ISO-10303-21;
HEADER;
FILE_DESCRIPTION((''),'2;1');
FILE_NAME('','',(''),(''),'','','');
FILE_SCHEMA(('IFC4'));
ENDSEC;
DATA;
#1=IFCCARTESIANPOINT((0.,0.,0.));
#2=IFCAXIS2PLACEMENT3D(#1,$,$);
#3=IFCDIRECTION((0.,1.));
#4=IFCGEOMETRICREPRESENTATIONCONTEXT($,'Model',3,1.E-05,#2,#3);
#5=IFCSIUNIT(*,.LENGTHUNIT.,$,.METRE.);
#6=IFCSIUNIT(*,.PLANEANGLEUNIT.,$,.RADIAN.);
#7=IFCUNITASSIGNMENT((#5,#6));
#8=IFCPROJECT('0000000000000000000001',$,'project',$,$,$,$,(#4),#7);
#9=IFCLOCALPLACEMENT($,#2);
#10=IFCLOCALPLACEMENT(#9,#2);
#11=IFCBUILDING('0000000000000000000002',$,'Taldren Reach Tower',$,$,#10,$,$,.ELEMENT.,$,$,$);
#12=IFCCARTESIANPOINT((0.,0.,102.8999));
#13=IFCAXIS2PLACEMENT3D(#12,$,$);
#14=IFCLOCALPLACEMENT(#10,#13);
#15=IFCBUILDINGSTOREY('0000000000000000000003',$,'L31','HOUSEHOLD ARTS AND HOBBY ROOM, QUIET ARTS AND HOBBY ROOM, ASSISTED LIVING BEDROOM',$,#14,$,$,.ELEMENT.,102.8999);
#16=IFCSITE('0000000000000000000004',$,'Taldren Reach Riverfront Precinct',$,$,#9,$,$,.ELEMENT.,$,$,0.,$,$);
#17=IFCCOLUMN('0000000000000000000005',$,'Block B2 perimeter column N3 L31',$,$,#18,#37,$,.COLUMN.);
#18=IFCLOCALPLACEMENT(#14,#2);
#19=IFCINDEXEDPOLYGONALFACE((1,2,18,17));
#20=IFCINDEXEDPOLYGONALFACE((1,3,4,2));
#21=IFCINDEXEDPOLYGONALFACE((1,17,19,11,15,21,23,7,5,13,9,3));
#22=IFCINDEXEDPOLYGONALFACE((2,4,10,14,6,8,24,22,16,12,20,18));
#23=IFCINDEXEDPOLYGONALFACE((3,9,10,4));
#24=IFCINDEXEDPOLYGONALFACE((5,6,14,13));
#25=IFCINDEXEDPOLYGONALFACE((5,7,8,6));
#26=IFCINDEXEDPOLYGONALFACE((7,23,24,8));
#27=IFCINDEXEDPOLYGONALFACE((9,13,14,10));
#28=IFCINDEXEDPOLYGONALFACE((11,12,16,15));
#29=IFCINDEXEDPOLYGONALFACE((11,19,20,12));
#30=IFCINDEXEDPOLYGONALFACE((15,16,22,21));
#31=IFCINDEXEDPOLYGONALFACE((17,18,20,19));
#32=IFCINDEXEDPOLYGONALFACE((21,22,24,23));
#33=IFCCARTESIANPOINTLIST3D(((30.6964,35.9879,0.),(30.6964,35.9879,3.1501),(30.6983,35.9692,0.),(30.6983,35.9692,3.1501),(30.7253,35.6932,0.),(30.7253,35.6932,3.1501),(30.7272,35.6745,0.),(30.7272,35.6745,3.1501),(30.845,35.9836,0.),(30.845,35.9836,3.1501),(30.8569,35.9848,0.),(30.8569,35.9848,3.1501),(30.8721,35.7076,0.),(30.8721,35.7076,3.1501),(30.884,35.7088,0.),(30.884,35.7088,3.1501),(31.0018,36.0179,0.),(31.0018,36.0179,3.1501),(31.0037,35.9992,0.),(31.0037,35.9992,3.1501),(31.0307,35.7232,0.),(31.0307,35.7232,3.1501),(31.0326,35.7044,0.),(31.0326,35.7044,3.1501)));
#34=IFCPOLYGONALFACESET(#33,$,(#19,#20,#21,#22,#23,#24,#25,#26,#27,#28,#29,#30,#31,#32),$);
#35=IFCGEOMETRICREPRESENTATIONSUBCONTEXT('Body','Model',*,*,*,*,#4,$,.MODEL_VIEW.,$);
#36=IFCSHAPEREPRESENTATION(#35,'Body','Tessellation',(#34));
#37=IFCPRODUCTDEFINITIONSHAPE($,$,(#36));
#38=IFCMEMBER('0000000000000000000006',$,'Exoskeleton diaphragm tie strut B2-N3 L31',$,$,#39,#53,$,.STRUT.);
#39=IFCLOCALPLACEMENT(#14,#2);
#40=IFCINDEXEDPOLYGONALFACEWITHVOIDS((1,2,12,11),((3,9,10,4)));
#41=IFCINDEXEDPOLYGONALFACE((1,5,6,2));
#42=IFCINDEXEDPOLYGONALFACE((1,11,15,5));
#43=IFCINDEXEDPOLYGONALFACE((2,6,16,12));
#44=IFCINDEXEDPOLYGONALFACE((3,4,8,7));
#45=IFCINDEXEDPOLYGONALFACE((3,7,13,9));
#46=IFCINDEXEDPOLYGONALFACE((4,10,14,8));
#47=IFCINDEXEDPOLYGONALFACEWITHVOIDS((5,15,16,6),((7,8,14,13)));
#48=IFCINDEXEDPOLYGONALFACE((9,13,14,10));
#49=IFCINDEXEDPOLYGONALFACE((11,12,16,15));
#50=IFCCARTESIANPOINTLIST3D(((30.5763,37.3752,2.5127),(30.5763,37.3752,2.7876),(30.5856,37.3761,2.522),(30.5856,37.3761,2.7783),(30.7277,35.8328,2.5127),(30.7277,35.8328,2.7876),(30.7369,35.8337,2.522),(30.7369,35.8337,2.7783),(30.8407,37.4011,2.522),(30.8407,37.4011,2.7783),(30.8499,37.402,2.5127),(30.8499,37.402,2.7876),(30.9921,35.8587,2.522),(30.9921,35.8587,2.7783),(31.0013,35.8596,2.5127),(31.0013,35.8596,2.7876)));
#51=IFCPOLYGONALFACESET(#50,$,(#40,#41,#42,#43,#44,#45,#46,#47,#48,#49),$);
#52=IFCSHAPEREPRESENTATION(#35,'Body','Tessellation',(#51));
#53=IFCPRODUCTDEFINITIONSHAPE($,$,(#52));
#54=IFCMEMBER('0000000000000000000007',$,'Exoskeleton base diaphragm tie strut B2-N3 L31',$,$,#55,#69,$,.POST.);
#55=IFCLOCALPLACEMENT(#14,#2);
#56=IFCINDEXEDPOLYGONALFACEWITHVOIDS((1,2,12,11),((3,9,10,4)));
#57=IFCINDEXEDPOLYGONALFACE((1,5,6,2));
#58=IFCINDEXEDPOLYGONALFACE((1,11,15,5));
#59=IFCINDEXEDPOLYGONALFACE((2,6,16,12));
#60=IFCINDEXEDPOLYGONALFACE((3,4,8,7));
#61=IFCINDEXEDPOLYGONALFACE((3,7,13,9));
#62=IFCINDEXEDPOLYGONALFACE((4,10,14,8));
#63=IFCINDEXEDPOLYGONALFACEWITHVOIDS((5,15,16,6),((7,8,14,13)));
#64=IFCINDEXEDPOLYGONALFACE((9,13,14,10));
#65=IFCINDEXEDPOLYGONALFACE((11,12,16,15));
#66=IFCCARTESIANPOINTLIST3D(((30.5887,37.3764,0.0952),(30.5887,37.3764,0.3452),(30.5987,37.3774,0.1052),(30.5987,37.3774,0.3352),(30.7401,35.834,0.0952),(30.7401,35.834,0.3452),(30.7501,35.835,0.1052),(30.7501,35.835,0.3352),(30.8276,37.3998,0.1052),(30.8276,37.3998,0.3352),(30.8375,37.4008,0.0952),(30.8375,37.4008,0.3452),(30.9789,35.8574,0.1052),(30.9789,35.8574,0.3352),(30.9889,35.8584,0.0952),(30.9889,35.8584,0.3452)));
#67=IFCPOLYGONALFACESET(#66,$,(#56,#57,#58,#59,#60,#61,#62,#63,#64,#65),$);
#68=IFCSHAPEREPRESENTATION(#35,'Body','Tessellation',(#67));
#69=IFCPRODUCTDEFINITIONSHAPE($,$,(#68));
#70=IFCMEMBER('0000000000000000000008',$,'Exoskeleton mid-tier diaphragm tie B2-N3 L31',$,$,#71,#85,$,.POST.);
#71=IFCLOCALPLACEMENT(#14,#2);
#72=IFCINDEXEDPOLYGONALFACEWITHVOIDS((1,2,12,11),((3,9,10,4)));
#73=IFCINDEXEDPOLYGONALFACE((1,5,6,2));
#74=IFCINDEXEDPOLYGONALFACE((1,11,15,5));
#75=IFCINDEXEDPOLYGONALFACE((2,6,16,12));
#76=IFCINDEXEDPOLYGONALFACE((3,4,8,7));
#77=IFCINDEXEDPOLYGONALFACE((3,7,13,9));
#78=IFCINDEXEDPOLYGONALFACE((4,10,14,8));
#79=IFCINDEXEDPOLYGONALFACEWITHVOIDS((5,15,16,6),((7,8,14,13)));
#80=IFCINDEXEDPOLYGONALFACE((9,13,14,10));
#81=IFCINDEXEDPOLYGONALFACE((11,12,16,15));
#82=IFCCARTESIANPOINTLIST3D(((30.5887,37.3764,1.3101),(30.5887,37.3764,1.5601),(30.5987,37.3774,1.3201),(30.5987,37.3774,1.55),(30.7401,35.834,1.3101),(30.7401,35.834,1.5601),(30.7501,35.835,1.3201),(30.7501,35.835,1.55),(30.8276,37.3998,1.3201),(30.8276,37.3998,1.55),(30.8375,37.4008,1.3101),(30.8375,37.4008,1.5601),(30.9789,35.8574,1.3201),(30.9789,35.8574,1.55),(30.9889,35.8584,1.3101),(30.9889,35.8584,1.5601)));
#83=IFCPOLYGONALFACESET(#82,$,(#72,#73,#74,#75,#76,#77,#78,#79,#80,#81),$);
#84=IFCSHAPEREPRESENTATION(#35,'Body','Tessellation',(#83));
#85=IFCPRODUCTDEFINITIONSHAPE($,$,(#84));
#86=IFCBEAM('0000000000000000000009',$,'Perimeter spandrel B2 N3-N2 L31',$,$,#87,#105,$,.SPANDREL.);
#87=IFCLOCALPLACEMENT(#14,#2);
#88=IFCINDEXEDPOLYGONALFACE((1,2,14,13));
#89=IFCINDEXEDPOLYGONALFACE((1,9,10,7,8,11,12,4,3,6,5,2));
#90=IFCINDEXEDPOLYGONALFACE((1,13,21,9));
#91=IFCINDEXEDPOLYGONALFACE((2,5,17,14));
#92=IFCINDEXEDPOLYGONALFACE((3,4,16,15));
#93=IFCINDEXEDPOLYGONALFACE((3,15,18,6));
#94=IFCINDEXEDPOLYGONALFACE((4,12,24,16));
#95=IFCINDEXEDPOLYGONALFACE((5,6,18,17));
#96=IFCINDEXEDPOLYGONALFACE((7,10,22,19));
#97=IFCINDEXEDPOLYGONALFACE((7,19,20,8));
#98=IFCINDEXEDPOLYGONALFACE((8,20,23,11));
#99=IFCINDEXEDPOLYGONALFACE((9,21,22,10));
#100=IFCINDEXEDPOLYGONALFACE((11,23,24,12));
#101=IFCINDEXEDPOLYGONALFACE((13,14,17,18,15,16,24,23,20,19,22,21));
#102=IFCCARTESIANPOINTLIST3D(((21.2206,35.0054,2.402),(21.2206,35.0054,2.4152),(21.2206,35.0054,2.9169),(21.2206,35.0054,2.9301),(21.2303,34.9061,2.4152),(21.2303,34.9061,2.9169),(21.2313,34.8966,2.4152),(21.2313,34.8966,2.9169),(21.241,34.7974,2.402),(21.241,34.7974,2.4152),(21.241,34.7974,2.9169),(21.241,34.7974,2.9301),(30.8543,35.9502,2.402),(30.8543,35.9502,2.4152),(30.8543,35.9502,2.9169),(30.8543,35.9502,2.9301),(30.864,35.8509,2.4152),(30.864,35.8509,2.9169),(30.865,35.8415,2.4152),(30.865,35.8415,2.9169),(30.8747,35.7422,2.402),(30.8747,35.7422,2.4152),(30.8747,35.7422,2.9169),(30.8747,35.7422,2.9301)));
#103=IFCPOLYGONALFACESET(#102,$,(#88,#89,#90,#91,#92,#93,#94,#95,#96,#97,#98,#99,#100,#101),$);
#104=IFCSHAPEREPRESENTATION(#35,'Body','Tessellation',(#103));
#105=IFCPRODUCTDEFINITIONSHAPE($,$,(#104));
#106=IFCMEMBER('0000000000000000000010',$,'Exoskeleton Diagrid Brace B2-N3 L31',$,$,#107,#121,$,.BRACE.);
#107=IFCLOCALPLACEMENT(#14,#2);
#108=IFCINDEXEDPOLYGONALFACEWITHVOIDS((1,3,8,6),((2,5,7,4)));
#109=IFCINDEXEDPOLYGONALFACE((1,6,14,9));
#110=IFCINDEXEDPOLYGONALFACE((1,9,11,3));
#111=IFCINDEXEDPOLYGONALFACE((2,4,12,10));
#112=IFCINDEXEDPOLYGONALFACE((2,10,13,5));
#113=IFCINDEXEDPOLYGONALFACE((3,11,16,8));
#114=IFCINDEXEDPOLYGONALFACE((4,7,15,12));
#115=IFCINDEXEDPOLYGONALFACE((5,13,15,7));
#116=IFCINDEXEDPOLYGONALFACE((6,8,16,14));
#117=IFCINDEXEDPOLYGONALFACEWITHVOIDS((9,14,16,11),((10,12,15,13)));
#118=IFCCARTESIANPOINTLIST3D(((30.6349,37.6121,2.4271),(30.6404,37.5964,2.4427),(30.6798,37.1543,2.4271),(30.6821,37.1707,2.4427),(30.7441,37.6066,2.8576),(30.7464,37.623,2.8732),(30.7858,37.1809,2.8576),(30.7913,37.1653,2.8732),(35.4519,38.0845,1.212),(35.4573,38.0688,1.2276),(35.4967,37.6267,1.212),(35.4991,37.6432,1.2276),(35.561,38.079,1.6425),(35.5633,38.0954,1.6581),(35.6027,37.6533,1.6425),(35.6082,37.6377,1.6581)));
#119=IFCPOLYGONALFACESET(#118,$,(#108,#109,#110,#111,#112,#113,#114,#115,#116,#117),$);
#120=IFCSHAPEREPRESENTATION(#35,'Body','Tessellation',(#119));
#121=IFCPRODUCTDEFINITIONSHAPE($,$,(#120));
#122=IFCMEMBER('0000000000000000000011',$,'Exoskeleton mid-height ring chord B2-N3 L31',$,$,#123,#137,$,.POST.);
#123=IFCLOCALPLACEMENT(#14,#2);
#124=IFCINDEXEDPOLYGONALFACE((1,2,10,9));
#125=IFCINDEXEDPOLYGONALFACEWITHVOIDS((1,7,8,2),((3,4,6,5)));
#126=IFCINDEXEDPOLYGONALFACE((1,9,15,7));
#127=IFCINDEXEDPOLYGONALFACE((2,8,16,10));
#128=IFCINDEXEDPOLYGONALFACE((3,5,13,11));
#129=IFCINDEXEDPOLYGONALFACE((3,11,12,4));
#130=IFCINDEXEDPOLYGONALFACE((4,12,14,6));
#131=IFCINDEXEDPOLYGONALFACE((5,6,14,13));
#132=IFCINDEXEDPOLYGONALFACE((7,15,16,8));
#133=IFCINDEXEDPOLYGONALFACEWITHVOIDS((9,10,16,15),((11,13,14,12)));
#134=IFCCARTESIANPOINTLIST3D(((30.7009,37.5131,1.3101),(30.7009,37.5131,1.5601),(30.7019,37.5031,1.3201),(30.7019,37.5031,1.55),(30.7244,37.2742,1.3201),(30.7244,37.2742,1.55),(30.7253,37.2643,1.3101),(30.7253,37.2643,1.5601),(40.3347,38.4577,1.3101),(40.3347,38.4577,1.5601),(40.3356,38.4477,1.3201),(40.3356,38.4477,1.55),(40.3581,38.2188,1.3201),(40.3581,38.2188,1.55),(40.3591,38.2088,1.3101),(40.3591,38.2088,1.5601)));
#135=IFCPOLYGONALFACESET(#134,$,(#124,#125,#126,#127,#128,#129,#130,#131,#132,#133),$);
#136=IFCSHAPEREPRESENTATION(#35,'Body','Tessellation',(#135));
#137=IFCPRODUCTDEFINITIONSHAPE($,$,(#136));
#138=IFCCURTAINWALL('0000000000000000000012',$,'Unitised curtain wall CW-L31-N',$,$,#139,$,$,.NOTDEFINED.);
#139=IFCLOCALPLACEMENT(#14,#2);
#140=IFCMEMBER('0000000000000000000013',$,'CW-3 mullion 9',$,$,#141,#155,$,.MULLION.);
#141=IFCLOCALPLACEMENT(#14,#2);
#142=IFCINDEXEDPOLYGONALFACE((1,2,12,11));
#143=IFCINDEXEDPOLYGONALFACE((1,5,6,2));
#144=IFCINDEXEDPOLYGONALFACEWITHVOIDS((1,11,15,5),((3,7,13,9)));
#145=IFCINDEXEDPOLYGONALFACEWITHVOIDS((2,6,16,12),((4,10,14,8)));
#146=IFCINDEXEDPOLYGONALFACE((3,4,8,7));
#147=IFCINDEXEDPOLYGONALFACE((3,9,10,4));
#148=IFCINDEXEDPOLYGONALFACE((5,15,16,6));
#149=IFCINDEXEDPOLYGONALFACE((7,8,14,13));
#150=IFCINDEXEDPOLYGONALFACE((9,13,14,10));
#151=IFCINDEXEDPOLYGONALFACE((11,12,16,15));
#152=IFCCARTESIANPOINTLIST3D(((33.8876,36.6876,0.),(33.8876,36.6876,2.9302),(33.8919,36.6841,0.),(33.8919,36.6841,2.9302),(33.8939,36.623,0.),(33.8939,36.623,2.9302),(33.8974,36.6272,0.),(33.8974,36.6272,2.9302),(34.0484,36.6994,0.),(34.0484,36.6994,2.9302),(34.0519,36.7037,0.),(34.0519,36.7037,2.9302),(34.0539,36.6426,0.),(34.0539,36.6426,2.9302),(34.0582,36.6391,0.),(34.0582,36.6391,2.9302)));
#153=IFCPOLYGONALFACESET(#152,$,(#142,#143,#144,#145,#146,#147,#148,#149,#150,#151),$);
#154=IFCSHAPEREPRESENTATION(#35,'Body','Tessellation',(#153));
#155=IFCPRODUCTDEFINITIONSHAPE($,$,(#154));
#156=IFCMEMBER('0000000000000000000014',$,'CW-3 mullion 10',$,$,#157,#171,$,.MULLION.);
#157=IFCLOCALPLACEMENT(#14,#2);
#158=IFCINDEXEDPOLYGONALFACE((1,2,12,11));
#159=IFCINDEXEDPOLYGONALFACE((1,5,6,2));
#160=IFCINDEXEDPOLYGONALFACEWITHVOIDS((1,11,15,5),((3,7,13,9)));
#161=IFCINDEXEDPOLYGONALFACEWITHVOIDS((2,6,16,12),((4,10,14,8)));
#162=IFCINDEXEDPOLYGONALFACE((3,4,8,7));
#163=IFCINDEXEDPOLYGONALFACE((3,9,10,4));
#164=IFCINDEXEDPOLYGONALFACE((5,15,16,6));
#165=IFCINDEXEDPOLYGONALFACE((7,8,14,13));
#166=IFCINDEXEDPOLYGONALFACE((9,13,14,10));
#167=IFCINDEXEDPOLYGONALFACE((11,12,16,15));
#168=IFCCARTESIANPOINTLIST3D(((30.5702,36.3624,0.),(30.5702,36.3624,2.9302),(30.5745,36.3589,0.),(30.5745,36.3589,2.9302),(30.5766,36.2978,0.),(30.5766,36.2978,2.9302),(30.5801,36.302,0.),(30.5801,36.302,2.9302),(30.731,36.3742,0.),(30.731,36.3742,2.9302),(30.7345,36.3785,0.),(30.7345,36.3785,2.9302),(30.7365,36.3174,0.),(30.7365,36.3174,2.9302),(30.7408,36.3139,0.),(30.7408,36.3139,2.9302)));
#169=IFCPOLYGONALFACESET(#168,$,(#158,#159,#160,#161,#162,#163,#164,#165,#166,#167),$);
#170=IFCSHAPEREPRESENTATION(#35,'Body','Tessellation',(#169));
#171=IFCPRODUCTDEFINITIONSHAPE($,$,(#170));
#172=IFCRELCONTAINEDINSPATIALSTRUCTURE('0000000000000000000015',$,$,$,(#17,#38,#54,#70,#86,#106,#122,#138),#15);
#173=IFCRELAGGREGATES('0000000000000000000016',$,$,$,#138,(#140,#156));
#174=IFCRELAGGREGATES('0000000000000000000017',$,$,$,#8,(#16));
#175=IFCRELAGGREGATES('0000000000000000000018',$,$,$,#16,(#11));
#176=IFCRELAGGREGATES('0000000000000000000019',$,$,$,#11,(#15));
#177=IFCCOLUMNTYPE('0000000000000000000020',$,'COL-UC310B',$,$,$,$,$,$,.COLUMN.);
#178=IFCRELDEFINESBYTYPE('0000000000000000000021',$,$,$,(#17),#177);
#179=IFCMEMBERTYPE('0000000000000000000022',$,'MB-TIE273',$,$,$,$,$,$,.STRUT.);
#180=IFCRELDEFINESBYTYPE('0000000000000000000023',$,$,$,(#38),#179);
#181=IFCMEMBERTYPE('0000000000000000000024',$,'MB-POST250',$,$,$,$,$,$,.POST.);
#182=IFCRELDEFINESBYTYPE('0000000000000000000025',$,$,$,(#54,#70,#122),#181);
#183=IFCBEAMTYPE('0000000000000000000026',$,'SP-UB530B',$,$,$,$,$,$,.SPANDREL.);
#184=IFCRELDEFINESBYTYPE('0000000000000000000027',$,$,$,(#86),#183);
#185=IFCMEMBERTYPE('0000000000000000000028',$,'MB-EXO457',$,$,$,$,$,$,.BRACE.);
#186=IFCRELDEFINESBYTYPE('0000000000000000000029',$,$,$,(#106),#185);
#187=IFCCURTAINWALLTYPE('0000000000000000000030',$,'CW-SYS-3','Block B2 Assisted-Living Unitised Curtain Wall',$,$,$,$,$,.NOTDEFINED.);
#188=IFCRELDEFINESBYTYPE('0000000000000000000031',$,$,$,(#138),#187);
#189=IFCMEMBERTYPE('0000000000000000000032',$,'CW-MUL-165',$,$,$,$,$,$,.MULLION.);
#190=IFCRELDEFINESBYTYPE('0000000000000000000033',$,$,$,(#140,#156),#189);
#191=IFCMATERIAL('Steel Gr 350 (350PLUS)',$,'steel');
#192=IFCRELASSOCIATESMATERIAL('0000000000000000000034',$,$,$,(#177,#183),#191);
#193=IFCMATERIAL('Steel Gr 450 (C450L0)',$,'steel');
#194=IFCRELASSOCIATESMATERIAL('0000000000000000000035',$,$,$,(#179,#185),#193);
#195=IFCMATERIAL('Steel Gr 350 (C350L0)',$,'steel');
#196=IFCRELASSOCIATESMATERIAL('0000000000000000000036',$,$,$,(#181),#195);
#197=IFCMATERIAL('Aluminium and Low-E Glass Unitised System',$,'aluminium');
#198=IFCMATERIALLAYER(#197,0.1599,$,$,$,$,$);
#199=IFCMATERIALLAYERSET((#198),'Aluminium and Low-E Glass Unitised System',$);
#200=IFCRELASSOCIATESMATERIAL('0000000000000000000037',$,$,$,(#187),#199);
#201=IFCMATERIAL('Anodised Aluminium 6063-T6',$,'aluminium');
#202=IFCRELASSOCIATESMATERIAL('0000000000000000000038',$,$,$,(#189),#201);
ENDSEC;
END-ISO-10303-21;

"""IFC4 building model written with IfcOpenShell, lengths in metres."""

from ifc_helpers import new_model, si_unit, direction, frame, origin, origin_2d, place, context, subcontext, project, spatial, hollow_rectangle, i_section, extrude, source, transform, mapped, material, layer, layer_set, material_profile, profile_set, type_object, element, aggregate, save


model = new_model("IFC4")

# Units and contexts
model_context = context("Model", 3, precision=1e-05, world=origin(), true_north=direction((0.0, 1.0)))
body_context = subcontext(model_context, "Body", "Model", "MODEL_VIEW")
ifc_project = project(units=[si_unit("LENGTHUNIT", "METRE"), si_unit("PLANEANGLEUNIT", "RADIAN")], contexts=[model_context])

# Site, building, storey
site_placement = place(None, origin())
site = spatial("IfcSite", under=ifc_project, at=site_placement, Name="Taldren Reach Riverfront Precinct", CompositionType="ELEMENT", RefElevation=0.0)
building_placement = place(site_placement, origin())
building = spatial("IfcBuilding", under=site, at=building_placement, Name="Taldren Reach Tower", CompositionType="ELEMENT")
storey_placement = place(building_placement, frame((0.0, 0.0, 102.8999)))
storey = spatial("IfcBuildingStorey", under=building, at=storey_placement, Name="L31", Description="HOUSEHOLD ARTS AND HOBBY ROOM, QUIET ARTS AND HOBBY ROOM, ASSISTED LIVING BEDROOM", CompositionType="ELEMENT", Elevation=102.8999)

# Column
ifc_material_1 = material(Name="Steel Gr 350 (350PLUS)", Category="steel")
ifc_material_profile_1 = material_profile(ifc_material_1, i_section(OverallWidth=0.3069, OverallDepth=0.3149, WebThickness=0.012, FlangeThickness=0.0188, at=origin_2d()), Name="310UC118")
ifc_profile_set_1 = profile_set([ifc_material_profile_1], Name="Steel Gr 350 (350PLUS)")
column_type = type_object("IfcColumnType", Name="COL-UC310B", PredefinedType="COLUMN", material=ifc_profile_set_1)
shared_shape_1 = source(origin(), body_context, "Body", "SweptSolid", [
    extrude(i_section(OverallWidth=0.3069, OverallDepth=0.3149, WebThickness=0.012, FlangeThickness=0.0188, at=origin_2d()), origin(), (0.0, 0.0, 1.0), 3.1501),
])
column_placement = place(storey_placement, frame((30.8645, 35.8462, 0.0), z_axis=(0.0, 0.0, 1.0), x_axis=(0.995227, 0.097583, 0.0)))
element("IfcColumn", 1, at=column_placement, inside=storey, type_object=column_type, Name="Block B2 perimeter column N3 L31", PredefinedType="COLUMN", context=body_context, shape_type="MappedRepresentation", body=[
    mapped(shared_shape_1, transform((0.0, 0.0, 0.0), scale=1.0)),
])

# Members
ifc_material_2 = material(Name="Steel Gr 450 (C450L0)", Category="steel")
ifc_material_profile_2 = material_profile(ifc_material_2, hollow_rectangle(XDim=0.2749, YDim=0.2749, WallThickness=0.0093, at=origin_2d()), Name="275x275x9.3SHS")
ifc_profile_set_2 = profile_set([ifc_material_profile_2], Name="Steel Gr 450 (C450L0)")
member_type_1 = type_object("IfcMemberType", Name="MB-TIE273", PredefinedType="STRUT", material=ifc_profile_set_2)
shared_shape_2 = source(origin(), body_context, "Body", "SweptSolid", [
    extrude(hollow_rectangle(XDim=0.2749, YDim=0.2749, WallThickness=0.0093, at=origin_2d()), origin(), (0.0, 0.0, 1.0), 1.5498),
])
member_1_placement = place(storey_placement, frame((30.8645, 35.8462, 2.6501), z_axis=(-0.097663, 0.99522, 0.0), x_axis=(-0.99522, -0.097663, 0.0)))
element("IfcMember", 2, at=member_1_placement, inside=storey, type_object=member_type_1, Name="Exoskeleton diaphragm tie strut B2-N3 L31", PredefinedType="STRUT", context=body_context, shape_type="MappedRepresentation", body=[
    mapped(shared_shape_2, transform((0.0, 0.0, 0.0), scale=1.0)),
])
ifc_material_3 = material(Name="Steel Gr 350 (C350L0)", Category="steel")
ifc_material_profile_3 = material_profile(ifc_material_3, hollow_rectangle(XDim=0.25, YDim=0.25, WallThickness=0.01, at=origin_2d()), Name="250x250x10.0SHS")
ifc_profile_set_3 = profile_set([ifc_material_profile_3], Name="Steel Gr 350 (C350L0)")
member_type_2 = type_object("IfcMemberType", Name="MB-POST250", PredefinedType="POST", material=ifc_profile_set_3)
shared_shape_3 = source(origin(), body_context, "Body", "SweptSolid", [
    extrude(hollow_rectangle(XDim=0.25, YDim=0.25, WallThickness=0.01, at=origin_2d()), origin(), (0.0, 0.0, 1.0), 1.5498),
])
for number, where, z_axis, x_axis, name in (
    (3, (30.8645, 35.8462, 0.2202), (-0.097663, 0.99522, 0.0), (-0.99522, -0.097663, 0.0), "Exoskeleton base diaphragm tie strut B2-N3 L31"),
    (4, (30.8645, 35.8462, 1.4351), (-0.097663, 0.99522, 0.0), (-0.99522, -0.097663, 0.0), "Exoskeleton mid-tier diaphragm tie B2-N3 L31"),
):
    element("IfcMember", number, at=place(storey_placement, frame(where, z_axis=z_axis, x_axis=x_axis)), inside=storey, type_object=member_type_2, Name=name, PredefinedType="POST", context=body_context, shape_type="MappedRepresentation", body=[
        mapped(shared_shape_3, transform((0.0, 0.0, 0.0), scale=1.0)),
    ])

# Beam
ifc_material_profile_4 = material_profile(ifc_material_1, i_section(OverallWidth=0.209, OverallDepth=0.5281, WebThickness=0.0095, FlangeThickness=0.0132, at=origin_2d()), Name="530UB82.0")
ifc_profile_set_4 = profile_set([ifc_material_profile_4], Name="Steel Gr 350 (350PLUS)")
beam_type = type_object("IfcBeamType", Name="SP-UB530B", PredefinedType="SPANDREL", material=ifc_profile_set_4)
shared_shape_4 = source(origin(), body_context, "Body", "SweptSolid", [
    extrude(i_section(OverallWidth=0.209, OverallDepth=0.5281, WebThickness=0.0095, FlangeThickness=0.0132, at=origin_2d()), origin(), (0.0, 0.0, 1.0), 9.6799),
])
beam_placement = place(storey_placement, frame((30.8645, 35.8462, 2.666), z_axis=(-0.995225, -0.097606, 0.0), x_axis=(0.097606, -0.995225, 0.0)))
element("IfcBeam", 5, at=beam_placement, inside=storey, type_object=beam_type, Name="Perimeter spandrel B2 N3-N2 L31", PredefinedType="SPANDREL", context=body_context, shape_type="MappedRepresentation", body=[
    mapped(shared_shape_4, transform((0.0, 0.0, 0.0), scale=1.0)),
])

# Members
ifc_material_profile_5 = material_profile(ifc_material_2, hollow_rectangle(XDim=0.46, YDim=0.46, WallThickness=0.0161, at=origin_2d()), Name="460x460x16.0SHS")
ifc_profile_set_5 = profile_set([ifc_material_profile_5], Name="Steel Gr 450 (C450L0)")
member_type_3 = type_object("IfcMemberType", Name="MB-EXO457", PredefinedType="BRACE", material=ifc_profile_set_5)
shared_shape_5 = source(origin(), body_context, "Body", "SweptSolid", [
    extrude(hollow_rectangle(XDim=0.46, YDim=0.46, WallThickness=0.0161, at=origin_2d()), origin(), (0.0, 0.0, 1.0), 4.9902),
])
member_2_placement = place(storey_placement, frame((35.53, 37.8611, 1.4351), z_axis=(-0.965271, -0.094668, 0.243495), x_axis=(0.097606, -0.995225, 0.0)))
element("IfcMember", 6, at=member_2_placement, inside=storey, type_object=member_type_3, Name="Exoskeleton Diagrid Brace B2-N3 L31", PredefinedType="BRACE", context=body_context, shape_type="MappedRepresentation", body=[
    mapped(shared_shape_5, transform((0.0, 0.0, 0.0), scale=1.0)),
])
shared_shape_6 = source(origin(), body_context, "Body", "SweptSolid", [
    extrude(hollow_rectangle(XDim=0.25, YDim=0.25, WallThickness=0.01, at=origin_2d()), origin(), (0.0, 0.0, 1.0), 9.6799),
])
member_3_placement = place(storey_placement, frame((30.7131, 37.3887, 1.4351), z_axis=(0.995228, 0.097581, 0.0), x_axis=(-0.097581, 0.995228, 0.0)))
element("IfcMember", 7, at=member_3_placement, inside=storey, type_object=member_type_2, Name="Exoskeleton mid-height ring chord B2-N3 L31", PredefinedType="POST", context=body_context, shape_type="MappedRepresentation", body=[
    mapped(shared_shape_6, transform((0.0, 0.0, 0.0), scale=1.0)),
])

# Curtain wall, members
ifc_material_4 = material(Name="Aluminium and Low-E Glass Unitised System", Category="aluminium")
ifc_layer_1 = layer(ifc_material_4, 0.1599)
ifc_layer_set_1 = layer_set([ifc_layer_1], Name="Aluminium and Low-E Glass Unitised System")
curtain_wall_type = type_object("IfcCurtainWallType", Name="CW-SYS-3", Description="Block B2 Assisted-Living Unitised Curtain Wall", PredefinedType="NOTDEFINED", material=ifc_layer_set_1)
curtain_wall_placement = place(storey_placement, origin())
curtain_wall = element("IfcCurtainWall", 8, at=curtain_wall_placement, inside=storey, type_object=curtain_wall_type, Name="Unitised curtain wall CW-L31-N", PredefinedType="NOTDEFINED")
ifc_material_5 = material(Name="Anodised Aluminium 6063-T6", Category="aluminium")
ifc_material_profile_6 = material_profile(ifc_material_5, hollow_rectangle(XDim=0.0649, YDim=0.165, WallThickness=0.0039, at=origin_2d()), Name="ALU-165x65x4RHS")
ifc_profile_set_6 = profile_set([ifc_material_profile_6], Name="Anodised Aluminium 6063-T6")
member_type_4 = type_object("IfcMemberType", Name="CW-MUL-165", PredefinedType="MULLION", material=ifc_profile_set_6)
shared_shape_7 = source(origin(), body_context, "Body", "SweptSolid", [
    extrude(hollow_rectangle(XDim=0.0649, YDim=0.165, WallThickness=0.0039, at=origin_2d()), origin(), (0.0, 0.0, 1.0), 2.9302),
])
member_4_placement = place(storey_placement, frame((33.9729, 36.6633, 0.0), z_axis=(0.0, 0.0, 1.0), x_axis=(0.097583, -0.995227, 0.0)))
member_4 = element("IfcMember", 9, at=member_4_placement, type_object=member_type_4, Name="CW-3 mullion 9", PredefinedType="MULLION", context=body_context, shape_type="MappedRepresentation", body=[
    mapped(shared_shape_7, transform((0.0, 0.0, 0.0), scale=1.0)),
])
member_5_placement = place(storey_placement, frame((30.6555, 36.3381, 0.0), z_axis=(0.0, 0.0, 1.0), x_axis=(0.097583, -0.995227, 0.0)))
member_5 = element("IfcMember", 10, at=member_5_placement, type_object=member_type_4, Name="CW-3 mullion 10", PredefinedType="MULLION", context=body_context, shape_type="MappedRepresentation", body=[
    mapped(shared_shape_7, transform((0.0, 0.0, 0.0), scale=1.0)),
])

aggregate(curtain_wall, [member_4, member_5])

save(model, "model.ifc")
